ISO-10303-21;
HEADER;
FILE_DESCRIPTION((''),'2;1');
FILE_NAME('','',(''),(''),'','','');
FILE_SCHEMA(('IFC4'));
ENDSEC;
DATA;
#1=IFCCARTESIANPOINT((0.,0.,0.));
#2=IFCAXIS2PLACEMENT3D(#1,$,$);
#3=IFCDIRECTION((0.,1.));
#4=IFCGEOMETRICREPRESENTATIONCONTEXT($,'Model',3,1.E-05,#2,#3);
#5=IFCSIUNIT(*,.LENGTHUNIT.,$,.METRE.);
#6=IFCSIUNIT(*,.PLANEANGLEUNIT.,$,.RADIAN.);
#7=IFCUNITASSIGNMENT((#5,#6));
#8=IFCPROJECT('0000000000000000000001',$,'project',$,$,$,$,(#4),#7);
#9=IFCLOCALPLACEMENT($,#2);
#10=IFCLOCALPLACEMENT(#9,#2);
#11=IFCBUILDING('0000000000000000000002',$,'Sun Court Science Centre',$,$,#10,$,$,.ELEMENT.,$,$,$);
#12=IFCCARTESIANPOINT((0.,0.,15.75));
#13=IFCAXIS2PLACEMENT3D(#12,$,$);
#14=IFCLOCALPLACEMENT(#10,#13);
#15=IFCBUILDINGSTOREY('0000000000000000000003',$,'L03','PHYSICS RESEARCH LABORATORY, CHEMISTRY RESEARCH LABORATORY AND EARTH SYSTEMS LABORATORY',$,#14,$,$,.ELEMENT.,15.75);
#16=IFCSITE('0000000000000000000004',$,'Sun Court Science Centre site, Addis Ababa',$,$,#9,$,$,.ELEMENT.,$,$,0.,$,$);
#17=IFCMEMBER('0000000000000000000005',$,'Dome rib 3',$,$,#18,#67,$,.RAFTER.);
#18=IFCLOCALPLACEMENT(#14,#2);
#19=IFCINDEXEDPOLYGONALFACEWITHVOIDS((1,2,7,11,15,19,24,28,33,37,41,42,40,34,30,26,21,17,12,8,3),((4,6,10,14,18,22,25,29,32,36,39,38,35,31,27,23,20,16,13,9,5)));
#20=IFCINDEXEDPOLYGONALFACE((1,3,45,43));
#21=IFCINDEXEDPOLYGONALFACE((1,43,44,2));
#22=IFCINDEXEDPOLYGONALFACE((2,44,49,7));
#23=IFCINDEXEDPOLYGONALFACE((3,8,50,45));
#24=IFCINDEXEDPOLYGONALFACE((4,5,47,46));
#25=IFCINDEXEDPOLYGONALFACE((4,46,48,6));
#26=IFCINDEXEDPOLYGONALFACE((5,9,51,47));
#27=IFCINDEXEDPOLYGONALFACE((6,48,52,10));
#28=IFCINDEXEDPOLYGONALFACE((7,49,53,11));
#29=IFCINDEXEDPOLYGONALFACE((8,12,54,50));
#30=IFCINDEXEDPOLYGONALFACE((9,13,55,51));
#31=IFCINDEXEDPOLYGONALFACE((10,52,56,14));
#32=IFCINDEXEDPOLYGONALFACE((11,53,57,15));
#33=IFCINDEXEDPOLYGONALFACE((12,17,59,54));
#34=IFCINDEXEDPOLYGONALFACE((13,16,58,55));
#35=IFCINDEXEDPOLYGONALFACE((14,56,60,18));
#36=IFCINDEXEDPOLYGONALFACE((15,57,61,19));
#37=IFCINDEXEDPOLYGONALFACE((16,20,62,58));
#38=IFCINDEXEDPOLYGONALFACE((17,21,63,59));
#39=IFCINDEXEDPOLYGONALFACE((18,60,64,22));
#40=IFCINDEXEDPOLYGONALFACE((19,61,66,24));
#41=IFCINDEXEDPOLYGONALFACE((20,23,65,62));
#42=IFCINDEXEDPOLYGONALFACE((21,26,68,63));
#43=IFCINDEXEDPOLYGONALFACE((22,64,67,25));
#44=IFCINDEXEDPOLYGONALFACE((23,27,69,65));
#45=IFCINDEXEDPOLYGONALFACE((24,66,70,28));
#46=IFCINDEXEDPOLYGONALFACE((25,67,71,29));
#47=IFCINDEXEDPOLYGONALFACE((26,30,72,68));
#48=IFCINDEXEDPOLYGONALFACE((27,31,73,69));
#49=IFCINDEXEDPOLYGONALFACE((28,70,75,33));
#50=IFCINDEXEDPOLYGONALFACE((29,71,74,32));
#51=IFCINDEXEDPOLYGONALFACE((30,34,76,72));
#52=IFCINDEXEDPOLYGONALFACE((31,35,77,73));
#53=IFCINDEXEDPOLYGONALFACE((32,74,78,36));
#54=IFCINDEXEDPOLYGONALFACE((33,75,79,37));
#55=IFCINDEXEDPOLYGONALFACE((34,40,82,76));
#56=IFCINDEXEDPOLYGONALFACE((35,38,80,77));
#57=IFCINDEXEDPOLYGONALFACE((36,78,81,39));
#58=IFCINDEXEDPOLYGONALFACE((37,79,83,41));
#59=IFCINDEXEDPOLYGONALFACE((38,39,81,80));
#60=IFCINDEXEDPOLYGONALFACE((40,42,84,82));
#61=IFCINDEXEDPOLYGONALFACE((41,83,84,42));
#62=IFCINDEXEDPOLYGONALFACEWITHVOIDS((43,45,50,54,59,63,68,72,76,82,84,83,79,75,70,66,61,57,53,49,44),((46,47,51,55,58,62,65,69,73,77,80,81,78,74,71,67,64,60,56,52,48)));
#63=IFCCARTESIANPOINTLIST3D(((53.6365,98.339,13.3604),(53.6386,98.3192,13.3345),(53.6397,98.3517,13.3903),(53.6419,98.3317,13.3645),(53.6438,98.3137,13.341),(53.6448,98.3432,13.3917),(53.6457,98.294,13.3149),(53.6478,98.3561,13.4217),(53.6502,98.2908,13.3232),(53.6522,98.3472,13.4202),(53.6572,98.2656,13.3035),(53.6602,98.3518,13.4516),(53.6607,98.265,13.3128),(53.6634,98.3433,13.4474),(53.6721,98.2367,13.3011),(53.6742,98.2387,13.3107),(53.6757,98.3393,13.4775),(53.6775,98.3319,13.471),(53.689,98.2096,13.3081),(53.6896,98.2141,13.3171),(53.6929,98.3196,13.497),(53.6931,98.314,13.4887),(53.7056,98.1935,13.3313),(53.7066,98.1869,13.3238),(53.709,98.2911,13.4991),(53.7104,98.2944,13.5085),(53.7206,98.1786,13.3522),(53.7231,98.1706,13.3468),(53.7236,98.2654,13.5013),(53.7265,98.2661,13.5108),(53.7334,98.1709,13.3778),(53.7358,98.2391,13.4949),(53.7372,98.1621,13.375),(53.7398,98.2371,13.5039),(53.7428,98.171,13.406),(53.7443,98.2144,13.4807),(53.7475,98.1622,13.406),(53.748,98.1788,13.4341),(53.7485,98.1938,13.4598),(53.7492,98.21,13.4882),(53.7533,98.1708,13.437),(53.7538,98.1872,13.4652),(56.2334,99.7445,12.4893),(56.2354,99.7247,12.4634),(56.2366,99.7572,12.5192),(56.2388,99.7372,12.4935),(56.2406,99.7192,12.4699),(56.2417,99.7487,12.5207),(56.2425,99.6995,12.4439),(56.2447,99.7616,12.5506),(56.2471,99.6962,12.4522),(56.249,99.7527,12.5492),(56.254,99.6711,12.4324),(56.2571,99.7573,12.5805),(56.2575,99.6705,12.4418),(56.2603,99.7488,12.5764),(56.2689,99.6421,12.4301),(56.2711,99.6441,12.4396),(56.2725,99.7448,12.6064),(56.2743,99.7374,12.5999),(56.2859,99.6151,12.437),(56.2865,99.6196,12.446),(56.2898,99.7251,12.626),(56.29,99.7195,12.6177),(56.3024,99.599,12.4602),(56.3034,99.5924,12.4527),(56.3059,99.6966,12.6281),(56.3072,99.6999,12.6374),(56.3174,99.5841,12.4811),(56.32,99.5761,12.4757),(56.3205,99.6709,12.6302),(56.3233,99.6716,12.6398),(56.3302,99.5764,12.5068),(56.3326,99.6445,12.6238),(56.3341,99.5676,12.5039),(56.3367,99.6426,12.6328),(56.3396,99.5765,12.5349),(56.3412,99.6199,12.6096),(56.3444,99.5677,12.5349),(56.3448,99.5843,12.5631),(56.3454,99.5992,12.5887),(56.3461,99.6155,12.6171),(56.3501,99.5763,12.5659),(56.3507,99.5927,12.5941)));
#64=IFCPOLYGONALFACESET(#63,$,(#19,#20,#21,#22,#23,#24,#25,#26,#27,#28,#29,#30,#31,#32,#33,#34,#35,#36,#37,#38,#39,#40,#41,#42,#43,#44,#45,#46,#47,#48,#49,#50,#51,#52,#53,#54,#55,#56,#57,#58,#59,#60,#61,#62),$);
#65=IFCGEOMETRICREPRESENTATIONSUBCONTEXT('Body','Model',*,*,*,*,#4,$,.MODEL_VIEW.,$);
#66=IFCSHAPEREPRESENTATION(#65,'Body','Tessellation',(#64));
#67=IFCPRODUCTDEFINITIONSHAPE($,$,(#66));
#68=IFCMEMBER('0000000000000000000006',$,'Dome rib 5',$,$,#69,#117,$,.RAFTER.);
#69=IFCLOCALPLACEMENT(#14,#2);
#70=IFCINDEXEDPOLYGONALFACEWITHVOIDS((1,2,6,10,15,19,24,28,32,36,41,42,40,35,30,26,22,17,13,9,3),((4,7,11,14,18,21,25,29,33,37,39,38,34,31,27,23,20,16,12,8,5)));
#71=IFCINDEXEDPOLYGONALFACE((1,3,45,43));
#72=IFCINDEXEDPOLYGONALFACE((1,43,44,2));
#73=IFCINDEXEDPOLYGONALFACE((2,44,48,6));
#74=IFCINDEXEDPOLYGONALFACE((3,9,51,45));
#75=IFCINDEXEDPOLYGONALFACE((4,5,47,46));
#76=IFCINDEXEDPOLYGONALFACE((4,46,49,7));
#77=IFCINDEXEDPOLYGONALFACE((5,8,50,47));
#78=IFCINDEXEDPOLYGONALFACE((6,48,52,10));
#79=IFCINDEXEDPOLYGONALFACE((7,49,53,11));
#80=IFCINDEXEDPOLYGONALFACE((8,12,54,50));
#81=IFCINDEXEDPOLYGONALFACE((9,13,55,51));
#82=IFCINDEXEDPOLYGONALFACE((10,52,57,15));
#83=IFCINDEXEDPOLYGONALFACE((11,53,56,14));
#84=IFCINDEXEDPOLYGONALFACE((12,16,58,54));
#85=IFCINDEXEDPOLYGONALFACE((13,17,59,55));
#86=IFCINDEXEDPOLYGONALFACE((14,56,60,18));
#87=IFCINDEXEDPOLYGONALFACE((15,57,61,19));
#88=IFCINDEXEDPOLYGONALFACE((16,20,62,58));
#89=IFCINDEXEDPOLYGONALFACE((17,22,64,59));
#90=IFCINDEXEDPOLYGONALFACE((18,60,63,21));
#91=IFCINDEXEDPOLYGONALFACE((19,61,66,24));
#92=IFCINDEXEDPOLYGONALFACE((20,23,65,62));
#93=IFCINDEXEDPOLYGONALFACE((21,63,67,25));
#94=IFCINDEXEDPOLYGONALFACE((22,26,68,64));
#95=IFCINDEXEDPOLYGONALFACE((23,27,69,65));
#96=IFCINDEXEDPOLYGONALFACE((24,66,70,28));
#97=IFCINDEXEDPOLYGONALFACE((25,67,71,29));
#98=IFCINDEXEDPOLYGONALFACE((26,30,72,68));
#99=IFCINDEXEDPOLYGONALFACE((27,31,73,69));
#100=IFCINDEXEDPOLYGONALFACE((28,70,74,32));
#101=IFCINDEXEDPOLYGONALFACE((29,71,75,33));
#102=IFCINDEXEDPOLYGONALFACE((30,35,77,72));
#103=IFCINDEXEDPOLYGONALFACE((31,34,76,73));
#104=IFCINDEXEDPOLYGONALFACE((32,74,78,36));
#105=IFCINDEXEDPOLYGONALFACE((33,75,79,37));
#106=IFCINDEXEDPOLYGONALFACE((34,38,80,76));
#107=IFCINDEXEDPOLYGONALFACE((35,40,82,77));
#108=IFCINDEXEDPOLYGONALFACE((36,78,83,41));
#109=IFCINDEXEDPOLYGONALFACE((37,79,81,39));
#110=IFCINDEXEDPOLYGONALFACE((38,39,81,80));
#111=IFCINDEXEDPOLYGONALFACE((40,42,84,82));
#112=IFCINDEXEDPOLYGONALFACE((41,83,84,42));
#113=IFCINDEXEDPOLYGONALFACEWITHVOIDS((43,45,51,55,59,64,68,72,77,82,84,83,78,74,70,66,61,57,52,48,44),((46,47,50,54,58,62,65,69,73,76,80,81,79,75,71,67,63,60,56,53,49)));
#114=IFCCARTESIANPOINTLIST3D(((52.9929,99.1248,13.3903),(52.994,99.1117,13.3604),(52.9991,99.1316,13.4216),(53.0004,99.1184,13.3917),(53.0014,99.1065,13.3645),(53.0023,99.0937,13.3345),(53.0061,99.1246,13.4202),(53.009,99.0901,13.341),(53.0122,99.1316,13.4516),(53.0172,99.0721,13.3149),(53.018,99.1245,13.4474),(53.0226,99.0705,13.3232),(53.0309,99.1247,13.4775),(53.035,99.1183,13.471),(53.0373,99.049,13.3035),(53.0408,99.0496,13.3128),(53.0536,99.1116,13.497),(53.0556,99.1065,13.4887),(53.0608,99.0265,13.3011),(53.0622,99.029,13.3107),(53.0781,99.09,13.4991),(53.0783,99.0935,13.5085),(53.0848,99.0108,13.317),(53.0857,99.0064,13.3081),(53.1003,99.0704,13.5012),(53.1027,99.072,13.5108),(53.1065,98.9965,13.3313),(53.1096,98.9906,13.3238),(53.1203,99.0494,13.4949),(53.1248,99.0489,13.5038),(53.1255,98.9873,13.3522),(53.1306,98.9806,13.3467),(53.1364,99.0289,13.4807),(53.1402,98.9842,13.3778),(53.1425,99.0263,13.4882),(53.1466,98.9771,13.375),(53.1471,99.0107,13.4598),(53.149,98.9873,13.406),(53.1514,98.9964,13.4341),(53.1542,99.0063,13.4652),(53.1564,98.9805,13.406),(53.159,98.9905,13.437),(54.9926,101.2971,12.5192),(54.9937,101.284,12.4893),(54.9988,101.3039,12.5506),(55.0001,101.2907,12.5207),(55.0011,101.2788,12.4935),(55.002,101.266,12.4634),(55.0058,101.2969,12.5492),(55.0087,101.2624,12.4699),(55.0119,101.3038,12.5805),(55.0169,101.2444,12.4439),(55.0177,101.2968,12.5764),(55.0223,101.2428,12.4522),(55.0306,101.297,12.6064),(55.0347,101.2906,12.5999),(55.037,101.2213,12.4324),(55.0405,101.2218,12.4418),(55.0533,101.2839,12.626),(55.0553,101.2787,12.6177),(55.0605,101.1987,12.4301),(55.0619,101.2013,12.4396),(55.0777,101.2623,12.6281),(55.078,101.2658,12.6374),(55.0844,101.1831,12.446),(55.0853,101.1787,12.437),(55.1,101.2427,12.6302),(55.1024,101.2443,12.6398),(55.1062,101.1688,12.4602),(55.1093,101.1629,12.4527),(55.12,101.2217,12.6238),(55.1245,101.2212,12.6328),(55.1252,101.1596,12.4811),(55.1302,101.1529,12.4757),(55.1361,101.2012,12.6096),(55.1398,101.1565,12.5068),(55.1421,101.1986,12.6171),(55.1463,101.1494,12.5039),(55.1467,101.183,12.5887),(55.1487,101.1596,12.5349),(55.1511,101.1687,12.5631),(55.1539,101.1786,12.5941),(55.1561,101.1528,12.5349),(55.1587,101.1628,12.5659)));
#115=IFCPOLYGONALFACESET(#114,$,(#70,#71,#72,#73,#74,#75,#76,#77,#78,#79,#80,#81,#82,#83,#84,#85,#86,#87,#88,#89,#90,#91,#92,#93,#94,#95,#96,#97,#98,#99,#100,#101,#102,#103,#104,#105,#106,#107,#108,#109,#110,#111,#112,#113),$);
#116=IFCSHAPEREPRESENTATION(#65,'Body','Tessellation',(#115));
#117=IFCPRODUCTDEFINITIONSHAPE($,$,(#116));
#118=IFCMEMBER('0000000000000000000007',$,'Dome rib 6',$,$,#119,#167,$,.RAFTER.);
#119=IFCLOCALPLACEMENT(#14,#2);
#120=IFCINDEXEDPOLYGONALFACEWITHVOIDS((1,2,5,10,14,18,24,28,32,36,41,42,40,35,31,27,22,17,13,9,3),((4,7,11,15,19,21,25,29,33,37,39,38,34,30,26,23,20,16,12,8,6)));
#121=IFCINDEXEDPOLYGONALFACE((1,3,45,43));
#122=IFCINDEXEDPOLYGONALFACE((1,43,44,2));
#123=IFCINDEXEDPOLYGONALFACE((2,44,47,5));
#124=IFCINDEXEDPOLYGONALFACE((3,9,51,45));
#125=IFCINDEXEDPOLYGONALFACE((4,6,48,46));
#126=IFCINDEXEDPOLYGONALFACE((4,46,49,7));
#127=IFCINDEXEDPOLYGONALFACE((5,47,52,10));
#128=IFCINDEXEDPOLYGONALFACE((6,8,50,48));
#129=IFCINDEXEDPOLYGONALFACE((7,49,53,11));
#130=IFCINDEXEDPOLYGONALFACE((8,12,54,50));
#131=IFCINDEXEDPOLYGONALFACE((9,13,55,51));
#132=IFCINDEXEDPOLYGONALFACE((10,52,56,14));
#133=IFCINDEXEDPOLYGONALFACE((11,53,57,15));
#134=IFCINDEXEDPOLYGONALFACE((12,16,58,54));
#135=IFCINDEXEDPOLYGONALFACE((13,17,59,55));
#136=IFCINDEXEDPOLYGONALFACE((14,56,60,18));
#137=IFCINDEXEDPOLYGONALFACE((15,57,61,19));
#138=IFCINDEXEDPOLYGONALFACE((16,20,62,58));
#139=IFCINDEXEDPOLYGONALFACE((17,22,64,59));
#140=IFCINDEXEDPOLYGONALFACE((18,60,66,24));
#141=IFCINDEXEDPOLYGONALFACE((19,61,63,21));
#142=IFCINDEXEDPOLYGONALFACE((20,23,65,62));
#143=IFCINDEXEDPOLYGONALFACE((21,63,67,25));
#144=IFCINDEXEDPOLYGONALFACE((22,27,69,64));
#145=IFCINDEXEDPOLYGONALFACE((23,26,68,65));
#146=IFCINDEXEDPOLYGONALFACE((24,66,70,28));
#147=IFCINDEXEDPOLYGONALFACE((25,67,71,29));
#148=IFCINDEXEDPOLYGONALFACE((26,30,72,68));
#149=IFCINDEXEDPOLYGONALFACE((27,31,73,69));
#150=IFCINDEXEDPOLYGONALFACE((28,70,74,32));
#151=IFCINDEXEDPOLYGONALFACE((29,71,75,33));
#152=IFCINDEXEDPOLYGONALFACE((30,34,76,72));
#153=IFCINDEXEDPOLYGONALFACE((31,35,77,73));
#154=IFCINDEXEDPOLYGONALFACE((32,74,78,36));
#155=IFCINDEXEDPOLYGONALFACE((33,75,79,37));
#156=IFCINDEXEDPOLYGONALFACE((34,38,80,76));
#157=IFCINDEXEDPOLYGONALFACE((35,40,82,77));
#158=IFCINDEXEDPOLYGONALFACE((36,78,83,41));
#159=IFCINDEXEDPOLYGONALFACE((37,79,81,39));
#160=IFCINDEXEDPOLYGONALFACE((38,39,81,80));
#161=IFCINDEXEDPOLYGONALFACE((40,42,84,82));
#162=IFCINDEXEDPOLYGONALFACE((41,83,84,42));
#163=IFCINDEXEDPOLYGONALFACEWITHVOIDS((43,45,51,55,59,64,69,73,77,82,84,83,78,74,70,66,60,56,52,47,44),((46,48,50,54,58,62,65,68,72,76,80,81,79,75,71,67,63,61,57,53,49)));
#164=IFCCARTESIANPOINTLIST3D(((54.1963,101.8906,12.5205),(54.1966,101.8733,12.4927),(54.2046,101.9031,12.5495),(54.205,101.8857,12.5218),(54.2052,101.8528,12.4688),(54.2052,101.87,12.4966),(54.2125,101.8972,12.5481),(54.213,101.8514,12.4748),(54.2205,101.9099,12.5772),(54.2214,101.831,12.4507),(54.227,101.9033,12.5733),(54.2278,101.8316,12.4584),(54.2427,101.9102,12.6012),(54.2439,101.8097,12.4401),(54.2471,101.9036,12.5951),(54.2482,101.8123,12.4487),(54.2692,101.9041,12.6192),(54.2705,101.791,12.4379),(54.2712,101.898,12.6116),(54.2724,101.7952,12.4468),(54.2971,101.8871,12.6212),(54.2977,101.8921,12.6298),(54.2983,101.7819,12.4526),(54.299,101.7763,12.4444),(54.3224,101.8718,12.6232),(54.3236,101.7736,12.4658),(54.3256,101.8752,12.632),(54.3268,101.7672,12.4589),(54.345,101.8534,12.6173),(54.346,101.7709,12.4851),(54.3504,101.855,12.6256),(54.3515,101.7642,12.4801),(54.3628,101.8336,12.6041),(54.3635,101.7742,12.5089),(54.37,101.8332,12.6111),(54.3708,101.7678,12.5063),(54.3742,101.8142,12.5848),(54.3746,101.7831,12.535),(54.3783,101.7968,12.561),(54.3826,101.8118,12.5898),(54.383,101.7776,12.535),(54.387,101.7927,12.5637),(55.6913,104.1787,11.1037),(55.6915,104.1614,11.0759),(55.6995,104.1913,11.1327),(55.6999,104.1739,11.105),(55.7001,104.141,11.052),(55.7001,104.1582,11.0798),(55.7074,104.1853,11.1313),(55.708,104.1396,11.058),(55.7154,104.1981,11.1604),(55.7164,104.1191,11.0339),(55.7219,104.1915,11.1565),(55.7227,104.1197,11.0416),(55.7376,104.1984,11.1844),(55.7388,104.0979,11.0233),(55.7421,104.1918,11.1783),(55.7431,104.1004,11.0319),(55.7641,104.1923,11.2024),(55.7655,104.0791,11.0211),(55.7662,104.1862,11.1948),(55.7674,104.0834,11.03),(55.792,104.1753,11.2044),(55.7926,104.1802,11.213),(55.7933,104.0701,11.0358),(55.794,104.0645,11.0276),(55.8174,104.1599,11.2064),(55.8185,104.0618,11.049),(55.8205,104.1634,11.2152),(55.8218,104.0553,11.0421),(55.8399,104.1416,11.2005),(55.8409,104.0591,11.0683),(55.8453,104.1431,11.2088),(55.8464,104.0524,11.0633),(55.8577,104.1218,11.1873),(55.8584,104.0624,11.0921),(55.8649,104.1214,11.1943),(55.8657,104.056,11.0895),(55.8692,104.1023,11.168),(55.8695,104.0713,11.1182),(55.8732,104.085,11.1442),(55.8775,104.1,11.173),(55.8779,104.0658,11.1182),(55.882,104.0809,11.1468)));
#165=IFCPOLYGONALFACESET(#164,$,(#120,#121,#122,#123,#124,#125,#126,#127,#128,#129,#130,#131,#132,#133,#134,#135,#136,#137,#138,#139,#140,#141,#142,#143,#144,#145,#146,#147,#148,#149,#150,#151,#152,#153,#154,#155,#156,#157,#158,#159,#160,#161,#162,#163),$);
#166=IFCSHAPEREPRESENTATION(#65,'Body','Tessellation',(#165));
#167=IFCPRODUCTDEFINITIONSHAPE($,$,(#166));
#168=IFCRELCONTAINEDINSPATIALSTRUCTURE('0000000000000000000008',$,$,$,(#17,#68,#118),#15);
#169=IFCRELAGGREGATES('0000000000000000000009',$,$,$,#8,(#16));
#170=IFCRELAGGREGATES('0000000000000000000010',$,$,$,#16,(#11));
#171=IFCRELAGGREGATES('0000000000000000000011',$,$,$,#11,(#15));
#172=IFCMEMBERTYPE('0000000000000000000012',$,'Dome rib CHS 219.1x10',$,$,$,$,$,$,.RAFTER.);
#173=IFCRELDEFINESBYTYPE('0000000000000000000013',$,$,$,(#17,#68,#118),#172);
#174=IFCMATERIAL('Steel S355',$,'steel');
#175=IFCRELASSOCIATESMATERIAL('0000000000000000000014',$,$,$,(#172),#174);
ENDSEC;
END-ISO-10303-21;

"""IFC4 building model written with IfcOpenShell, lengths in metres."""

from ifc_helpers import new_model, si_unit, direction, frame, origin, origin_2d, place, context, subcontext, project, spatial, hollow_circle, extrude, material, material_profile, profile_set, type_object, element, save


model = new_model("IFC4")

# Units and contexts
model_context = context("Model", 3, precision=1e-05, world=origin(), true_north=direction((0.0, 1.0)))
body_context = subcontext(model_context, "Body", "Model", "MODEL_VIEW")
ifc_project = project(units=[si_unit("LENGTHUNIT", "METRE"), si_unit("PLANEANGLEUNIT", "RADIAN")], contexts=[model_context])

# Site, building, storey
site_placement = place(None, origin())
site = spatial("IfcSite", under=ifc_project, at=site_placement, Name="Sun Court Science Centre site, Addis Ababa", CompositionType="ELEMENT", RefElevation=0.0)
building_placement = place(site_placement, origin())
building = spatial("IfcBuilding", under=site, at=building_placement, Name="Sun Court Science Centre", CompositionType="ELEMENT")
storey_placement = place(building_placement, frame((0.0, 0.0, 15.75)))
storey = spatial("IfcBuildingStorey", under=building, at=storey_placement, Name="L03", Description="PHYSICS RESEARCH LABORATORY, CHEMISTRY RESEARCH LABORATORY AND EARTH SYSTEMS LABORATORY", CompositionType="ELEMENT", Elevation=15.75)

# Members
ifc_material_1 = material(Name="Steel S355", Category="steel")
ifc_material_profile_1 = material_profile(ifc_material_1, hollow_circle(Radius=0.1096, WallThickness=0.01, at=origin_2d()), Name="CHS 219.1x10")
ifc_profile_set_1 = profile_set([ifc_material_profile_1], Name="Steel S355")
member_type_1 = type_object("IfcMemberType", Name="Dome rib CHS 219.1x10", PredefinedType="RAFTER", material=ifc_profile_set_1)
member_1_placement = place(storey_placement, frame((56.2922, 99.6641, 12.5349), z_axis=(-0.843517, -0.456532, 0.282944), x_axis=(0.475982, -0.879455, 0.0)))
element("IfcMember", 1, at=member_1_placement, inside=storey, type_object=member_type_1, Name="Dome rib 3", PredefinedType="RAFTER", context=body_context, shape_type="SweptSolid", body=[
    extrude(hollow_circle(Radius=0.1096, WallThickness=0.01, at=origin_2d()), origin(), (0.0, 0.0, 1.0), 3.0786),
])
member_2_placement = place(storey_placement, frame((55.0754, 101.2271, 12.5349), z_axis=(-0.649594, -0.705663, 0.282963), x_axis=(0.735732, -0.677273, 0.0)))
element("IfcMember", 2, at=member_2_placement, inside=storey, type_object=member_type_1, Name="Dome rib 5", PredefinedType="RAFTER", context=body_context, shape_type="SweptSolid", body=[
    extrude(hollow_circle(Radius=0.1096, WallThickness=0.01, at=origin_2d()), origin(), (0.0, 0.0, 1.0), 3.0784),
])
for number, where, z_axis, x_axis, name in (
    (3, (55.7861, 104.1257, 11.1182), (-0.485585, -0.743247, 0.460207), (0.837168, -0.546946, 0.0), "Dome rib 6"),
):
    element("IfcMember", number, at=place(storey_placement, frame(where, z_axis=z_axis, x_axis=x_axis)), inside=storey, type_object=member_type_1, Name=name, PredefinedType="RAFTER", context=body_context, shape_type="SweptSolid", body=[
        extrude(hollow_circle(Radius=0.1096, WallThickness=0.01, at=origin_2d()), origin(), (0.0, 0.0, 1.0), 3.0786),
    ])

save(model, "model.ifc")
